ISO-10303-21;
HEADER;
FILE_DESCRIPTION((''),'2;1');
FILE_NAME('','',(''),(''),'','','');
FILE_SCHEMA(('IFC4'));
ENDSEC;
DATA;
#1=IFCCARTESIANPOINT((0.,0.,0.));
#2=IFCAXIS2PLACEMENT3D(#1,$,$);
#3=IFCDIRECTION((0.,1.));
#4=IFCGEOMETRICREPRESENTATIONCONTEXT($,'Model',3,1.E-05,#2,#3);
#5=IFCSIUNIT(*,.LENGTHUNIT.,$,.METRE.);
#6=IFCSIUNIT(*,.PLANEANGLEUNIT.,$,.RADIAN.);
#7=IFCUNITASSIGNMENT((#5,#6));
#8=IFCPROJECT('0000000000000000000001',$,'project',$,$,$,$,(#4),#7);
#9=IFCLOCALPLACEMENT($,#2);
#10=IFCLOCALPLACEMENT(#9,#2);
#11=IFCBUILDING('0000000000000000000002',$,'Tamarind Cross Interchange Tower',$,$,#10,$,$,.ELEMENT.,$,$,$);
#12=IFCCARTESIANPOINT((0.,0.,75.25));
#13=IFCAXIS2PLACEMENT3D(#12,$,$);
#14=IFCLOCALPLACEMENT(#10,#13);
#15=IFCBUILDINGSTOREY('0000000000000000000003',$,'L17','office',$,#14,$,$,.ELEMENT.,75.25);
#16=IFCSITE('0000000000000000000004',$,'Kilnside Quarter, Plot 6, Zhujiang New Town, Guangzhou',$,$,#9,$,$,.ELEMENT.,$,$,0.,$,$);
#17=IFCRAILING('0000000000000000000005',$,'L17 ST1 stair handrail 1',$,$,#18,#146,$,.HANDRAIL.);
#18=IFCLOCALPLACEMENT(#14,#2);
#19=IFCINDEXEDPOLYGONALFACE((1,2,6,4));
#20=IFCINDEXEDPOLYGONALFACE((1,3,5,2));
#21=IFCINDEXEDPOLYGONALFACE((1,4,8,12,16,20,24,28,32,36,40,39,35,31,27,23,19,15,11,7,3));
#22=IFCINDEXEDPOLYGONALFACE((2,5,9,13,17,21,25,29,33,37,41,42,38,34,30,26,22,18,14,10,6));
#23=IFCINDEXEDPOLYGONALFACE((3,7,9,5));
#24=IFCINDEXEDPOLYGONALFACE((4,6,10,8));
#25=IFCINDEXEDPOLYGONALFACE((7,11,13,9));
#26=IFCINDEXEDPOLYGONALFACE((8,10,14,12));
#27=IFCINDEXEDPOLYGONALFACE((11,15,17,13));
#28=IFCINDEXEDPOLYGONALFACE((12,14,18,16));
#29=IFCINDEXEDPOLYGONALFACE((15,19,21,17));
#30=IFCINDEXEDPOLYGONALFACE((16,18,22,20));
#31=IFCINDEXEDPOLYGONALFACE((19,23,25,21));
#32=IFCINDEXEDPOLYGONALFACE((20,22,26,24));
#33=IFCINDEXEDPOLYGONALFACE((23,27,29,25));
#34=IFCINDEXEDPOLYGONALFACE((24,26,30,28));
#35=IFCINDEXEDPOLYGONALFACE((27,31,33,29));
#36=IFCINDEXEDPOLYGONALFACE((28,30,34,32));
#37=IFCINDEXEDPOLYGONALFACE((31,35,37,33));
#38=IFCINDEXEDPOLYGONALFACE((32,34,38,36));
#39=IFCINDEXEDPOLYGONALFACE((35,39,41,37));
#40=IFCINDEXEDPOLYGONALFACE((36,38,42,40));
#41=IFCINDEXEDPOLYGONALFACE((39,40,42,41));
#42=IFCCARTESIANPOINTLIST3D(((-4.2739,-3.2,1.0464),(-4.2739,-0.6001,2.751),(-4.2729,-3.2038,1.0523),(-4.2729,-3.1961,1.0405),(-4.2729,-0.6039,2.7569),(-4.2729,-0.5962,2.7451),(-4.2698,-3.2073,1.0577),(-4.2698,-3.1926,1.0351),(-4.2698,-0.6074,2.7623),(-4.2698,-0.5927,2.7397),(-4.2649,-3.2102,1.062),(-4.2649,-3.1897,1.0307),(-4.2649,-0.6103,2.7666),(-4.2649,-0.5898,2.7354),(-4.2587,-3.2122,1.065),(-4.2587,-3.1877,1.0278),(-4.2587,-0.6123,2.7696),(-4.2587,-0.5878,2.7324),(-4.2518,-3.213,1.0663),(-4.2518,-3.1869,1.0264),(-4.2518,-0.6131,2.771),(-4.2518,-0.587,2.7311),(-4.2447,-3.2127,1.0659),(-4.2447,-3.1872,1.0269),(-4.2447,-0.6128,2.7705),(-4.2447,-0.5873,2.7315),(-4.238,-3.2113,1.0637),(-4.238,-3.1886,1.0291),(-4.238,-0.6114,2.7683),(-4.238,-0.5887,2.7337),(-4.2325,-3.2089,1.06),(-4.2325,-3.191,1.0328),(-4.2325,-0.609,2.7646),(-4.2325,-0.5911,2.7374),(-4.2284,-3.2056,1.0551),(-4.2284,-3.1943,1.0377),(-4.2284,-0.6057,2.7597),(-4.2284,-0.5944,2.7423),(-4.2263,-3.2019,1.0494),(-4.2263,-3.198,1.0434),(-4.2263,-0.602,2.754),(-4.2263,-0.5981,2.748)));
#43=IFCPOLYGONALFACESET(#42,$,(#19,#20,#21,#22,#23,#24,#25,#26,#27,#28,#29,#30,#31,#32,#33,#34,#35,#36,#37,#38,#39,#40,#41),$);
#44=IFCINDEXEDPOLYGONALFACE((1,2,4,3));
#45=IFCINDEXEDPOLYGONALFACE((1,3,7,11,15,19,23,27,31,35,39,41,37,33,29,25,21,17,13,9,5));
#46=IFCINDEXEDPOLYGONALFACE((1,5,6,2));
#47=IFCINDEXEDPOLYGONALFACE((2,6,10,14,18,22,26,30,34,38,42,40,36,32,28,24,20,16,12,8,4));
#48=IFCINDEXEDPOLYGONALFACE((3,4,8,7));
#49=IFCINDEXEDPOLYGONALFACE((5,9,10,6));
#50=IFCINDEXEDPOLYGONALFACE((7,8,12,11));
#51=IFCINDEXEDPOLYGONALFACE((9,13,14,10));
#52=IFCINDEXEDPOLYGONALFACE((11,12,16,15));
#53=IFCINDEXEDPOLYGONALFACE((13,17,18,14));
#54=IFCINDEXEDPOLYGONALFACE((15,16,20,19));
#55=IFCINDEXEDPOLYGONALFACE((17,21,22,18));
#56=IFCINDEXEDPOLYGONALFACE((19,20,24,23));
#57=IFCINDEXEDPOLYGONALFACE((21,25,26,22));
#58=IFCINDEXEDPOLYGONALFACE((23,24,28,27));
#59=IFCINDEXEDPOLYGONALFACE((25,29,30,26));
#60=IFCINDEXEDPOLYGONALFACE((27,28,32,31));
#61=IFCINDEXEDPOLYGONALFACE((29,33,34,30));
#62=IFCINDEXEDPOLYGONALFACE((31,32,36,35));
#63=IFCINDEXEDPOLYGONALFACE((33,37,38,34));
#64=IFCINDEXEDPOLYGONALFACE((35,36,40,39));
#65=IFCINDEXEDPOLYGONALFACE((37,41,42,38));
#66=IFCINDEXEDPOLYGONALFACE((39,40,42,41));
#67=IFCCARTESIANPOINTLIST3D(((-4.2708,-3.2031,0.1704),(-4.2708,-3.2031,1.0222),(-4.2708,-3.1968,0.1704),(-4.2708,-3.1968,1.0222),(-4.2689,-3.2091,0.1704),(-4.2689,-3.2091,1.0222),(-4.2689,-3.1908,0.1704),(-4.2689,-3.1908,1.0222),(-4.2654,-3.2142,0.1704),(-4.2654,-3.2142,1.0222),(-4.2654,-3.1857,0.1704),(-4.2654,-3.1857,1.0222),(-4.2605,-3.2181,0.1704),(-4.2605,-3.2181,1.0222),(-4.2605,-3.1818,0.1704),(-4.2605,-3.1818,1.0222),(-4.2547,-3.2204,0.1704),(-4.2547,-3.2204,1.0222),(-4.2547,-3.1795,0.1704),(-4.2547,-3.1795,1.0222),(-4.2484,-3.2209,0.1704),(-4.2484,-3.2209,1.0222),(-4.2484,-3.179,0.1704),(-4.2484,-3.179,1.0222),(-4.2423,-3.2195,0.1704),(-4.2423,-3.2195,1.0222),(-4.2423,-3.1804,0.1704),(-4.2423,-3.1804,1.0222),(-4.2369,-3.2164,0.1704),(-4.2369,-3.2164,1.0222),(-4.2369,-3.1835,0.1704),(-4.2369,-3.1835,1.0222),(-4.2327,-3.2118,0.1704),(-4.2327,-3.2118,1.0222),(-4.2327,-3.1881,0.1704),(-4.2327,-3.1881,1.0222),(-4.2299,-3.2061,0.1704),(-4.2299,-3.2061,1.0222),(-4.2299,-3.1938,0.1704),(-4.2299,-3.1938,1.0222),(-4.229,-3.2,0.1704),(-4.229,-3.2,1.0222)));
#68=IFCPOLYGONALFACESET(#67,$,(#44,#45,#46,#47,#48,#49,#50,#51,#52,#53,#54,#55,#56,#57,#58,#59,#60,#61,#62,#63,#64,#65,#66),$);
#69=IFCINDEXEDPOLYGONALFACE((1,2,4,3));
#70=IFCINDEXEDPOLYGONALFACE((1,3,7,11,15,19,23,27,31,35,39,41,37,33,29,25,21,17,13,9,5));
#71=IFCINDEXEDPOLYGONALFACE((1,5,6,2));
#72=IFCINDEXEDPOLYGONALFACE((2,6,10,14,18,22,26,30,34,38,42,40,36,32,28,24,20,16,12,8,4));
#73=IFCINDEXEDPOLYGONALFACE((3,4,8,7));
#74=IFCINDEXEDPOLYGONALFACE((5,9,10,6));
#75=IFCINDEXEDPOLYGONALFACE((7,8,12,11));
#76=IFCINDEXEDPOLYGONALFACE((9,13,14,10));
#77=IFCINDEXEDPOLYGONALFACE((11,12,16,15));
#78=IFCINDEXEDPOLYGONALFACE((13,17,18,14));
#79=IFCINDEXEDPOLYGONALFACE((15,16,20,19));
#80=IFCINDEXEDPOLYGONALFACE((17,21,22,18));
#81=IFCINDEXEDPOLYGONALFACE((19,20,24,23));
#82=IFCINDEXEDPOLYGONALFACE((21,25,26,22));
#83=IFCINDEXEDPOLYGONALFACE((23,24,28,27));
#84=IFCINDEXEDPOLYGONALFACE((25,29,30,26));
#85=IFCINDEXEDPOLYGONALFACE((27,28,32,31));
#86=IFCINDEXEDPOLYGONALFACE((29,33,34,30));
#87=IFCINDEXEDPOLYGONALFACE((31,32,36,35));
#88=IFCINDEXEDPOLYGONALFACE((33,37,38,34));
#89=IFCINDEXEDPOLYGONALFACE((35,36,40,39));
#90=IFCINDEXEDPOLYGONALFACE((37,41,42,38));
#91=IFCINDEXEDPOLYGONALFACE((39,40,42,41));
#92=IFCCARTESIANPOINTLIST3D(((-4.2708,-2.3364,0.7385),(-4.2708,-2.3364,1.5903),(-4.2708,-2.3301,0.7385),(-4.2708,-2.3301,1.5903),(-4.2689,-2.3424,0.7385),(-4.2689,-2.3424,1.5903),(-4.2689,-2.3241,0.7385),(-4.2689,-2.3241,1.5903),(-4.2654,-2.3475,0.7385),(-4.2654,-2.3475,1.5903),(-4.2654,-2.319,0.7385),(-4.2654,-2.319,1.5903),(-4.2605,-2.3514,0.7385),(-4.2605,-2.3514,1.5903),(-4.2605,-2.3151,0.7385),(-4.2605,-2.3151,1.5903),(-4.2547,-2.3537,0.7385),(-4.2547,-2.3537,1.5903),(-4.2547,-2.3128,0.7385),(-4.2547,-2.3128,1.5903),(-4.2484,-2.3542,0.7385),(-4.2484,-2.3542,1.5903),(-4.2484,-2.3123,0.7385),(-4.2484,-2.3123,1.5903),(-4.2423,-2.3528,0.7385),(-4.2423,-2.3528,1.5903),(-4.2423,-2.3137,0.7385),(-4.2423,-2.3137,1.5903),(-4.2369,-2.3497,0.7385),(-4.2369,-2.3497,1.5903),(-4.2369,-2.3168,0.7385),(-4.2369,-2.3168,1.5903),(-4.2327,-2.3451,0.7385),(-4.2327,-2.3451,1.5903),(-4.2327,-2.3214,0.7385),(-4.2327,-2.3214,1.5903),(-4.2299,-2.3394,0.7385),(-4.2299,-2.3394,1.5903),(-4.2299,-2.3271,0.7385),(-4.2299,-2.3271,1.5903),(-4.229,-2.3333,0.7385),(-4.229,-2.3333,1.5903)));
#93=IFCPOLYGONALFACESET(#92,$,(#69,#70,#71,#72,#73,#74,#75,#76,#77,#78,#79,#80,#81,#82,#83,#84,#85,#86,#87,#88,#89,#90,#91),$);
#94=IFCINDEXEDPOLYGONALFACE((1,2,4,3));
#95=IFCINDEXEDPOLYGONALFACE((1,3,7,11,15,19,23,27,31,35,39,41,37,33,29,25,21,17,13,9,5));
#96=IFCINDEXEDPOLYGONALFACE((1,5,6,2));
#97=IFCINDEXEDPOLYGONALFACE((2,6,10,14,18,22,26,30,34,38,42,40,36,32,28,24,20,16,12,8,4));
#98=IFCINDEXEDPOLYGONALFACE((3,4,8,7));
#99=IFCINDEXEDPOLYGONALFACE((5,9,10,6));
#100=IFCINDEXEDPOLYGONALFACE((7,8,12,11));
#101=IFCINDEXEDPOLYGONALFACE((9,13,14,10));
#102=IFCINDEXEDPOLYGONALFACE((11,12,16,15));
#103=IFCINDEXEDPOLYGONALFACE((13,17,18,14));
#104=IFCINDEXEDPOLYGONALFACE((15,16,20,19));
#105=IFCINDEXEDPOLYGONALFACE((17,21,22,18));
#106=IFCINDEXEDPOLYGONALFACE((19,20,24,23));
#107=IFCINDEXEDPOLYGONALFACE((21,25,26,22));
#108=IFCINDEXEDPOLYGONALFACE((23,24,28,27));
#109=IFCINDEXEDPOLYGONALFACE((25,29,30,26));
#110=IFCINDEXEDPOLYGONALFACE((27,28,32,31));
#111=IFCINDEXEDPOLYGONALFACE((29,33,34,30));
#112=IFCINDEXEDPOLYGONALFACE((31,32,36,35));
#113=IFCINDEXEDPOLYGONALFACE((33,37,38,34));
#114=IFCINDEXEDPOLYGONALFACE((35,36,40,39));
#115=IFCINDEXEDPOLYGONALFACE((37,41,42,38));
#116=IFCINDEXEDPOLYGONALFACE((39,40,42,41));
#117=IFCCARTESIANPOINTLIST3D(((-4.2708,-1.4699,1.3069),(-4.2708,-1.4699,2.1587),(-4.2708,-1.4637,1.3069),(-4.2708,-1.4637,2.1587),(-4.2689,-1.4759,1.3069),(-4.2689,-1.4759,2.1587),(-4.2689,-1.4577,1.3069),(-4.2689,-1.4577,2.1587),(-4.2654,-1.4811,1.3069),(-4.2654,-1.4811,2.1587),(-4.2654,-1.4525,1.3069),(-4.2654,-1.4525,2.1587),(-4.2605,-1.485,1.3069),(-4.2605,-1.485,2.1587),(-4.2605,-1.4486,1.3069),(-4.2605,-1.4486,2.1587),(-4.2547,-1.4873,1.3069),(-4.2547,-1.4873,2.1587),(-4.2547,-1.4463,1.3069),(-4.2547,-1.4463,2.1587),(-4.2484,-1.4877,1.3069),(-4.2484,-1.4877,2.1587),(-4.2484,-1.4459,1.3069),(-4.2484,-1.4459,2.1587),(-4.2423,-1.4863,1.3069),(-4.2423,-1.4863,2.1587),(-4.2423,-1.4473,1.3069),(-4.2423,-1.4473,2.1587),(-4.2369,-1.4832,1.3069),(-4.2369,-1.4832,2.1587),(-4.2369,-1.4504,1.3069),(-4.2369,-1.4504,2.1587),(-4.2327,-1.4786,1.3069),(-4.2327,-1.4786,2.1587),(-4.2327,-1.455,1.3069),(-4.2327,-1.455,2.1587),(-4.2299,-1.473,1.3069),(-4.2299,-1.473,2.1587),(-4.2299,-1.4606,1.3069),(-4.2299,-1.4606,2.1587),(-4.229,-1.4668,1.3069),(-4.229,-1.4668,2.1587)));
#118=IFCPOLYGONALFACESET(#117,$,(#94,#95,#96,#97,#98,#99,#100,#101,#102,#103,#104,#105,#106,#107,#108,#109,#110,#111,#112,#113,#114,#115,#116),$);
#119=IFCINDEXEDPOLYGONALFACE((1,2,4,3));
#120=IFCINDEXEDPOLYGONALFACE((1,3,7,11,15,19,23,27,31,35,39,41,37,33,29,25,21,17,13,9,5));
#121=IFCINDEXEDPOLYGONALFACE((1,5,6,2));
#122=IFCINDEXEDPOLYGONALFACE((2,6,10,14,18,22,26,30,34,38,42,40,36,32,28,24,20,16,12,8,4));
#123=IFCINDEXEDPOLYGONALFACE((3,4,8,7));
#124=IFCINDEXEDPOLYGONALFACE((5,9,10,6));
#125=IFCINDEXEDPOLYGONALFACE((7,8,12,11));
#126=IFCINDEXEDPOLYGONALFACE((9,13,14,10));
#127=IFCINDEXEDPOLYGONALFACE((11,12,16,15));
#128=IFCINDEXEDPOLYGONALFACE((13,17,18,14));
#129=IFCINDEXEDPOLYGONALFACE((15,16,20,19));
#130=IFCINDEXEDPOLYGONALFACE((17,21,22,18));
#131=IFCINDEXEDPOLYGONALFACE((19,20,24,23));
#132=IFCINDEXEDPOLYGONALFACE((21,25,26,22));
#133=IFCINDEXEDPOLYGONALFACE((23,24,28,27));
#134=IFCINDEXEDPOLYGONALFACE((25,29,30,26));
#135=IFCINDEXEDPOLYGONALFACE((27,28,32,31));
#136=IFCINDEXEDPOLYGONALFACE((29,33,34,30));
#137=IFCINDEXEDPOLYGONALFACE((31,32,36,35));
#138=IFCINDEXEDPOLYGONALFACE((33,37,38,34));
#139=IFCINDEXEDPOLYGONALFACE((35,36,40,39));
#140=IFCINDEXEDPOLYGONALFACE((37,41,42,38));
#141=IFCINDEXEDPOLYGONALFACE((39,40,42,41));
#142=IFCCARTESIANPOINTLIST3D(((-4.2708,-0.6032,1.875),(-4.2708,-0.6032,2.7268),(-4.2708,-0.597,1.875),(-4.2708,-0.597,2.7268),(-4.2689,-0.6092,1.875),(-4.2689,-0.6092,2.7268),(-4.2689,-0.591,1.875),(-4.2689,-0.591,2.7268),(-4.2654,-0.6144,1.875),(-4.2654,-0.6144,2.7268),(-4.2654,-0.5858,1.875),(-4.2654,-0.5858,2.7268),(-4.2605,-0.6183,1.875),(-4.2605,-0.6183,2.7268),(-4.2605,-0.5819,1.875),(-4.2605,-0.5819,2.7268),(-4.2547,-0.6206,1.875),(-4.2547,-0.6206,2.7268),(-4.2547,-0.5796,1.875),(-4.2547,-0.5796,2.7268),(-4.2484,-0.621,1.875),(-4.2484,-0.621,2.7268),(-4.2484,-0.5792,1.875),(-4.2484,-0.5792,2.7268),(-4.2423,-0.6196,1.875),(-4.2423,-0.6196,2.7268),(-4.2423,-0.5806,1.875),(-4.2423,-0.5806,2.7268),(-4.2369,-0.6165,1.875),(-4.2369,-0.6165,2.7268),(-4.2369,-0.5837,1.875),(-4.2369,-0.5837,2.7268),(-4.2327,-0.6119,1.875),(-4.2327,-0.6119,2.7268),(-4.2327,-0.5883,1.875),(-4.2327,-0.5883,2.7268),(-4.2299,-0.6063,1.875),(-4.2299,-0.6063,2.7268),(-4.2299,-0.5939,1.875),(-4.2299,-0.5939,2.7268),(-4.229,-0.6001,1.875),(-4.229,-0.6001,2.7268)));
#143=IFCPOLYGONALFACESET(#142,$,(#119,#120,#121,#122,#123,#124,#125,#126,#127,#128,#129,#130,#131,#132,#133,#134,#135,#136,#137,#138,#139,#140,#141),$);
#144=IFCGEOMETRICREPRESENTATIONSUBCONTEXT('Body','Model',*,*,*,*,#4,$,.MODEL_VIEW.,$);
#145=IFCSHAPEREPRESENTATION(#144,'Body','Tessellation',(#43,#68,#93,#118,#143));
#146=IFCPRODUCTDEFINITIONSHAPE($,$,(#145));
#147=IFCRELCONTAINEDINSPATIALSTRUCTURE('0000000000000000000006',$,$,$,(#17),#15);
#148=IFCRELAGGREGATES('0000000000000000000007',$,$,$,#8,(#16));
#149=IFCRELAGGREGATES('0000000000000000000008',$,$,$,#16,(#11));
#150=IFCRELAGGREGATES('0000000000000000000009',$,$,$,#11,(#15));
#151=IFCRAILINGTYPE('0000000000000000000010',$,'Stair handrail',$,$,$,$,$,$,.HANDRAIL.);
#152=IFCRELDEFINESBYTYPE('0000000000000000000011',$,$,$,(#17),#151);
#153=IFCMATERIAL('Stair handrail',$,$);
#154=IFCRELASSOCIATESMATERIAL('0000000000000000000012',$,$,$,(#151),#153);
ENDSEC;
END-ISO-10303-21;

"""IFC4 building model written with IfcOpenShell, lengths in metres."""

from ifc_helpers import new_model, si_unit, direction, frame, origin, origin_2d, place, context, subcontext, project, spatial, circle, extrude, material, type_object, element, save


model = new_model("IFC4")

# Units and contexts
model_context = context("Model", 3, precision=1e-05, world=origin(), true_north=direction((0.0, 1.0)))
body_context = subcontext(model_context, "Body", "Model", "MODEL_VIEW")
ifc_project = project(units=[si_unit("LENGTHUNIT", "METRE"), si_unit("PLANEANGLEUNIT", "RADIAN")], contexts=[model_context])

# Site, building, storey
site_placement = place(None, origin())
site = spatial("IfcSite", under=ifc_project, at=site_placement, Name="Kilnside Quarter, Plot 6, Zhujiang New Town, Guangzhou", CompositionType="ELEMENT", RefElevation=0.0)
building_placement = place(site_placement, origin())
building = spatial("IfcBuilding", under=site, at=building_placement, Name="Tamarind Cross Interchange Tower", CompositionType="ELEMENT")
storey_placement = place(building_placement, frame((0.0, 0.0, 75.25)))
storey = spatial("IfcBuildingStorey", under=building, at=storey_placement, Name="L17", Description="office", CompositionType="ELEMENT", Elevation=75.25)

# Railing
ifc_material_1 = material(Name="Stair handrail")
railing_type_1 = type_object("IfcRailingType", Name="Stair handrail", PredefinedType="HANDRAIL", material=ifc_material_1)
railing_1_placement = place(storey_placement, frame((-4.25, -3.2, 0.1704)))
element("IfcRailing", 1, at=railing_1_placement, inside=storey, type_object=railing_type_1, Name="L17 ST1 stair handrail 1", PredefinedType="HANDRAIL", context=body_context, shape_type="SweptSolid", body=[
    extrude(circle(Radius=0.0239, at=origin_2d()), frame((0.0, 0.0, 0.876), z_axis=(0.0, 0.836279, 0.548305), x_axis=(-1.0, 0.0, 0.0)), (0.0, 0.0, 1.0), 3.1089),
    extrude(circle(Radius=0.021, at=origin_2d()), origin(), (0.0, 0.0, 1.0), 0.8518),
    extrude(circle(Radius=0.021, at=origin_2d()), frame((0.0, 0.8667, 0.5681)), (0.0, 0.0, 1.0), 0.8518),
    extrude(circle(Radius=0.021, at=origin_2d()), frame((0.0, 1.7332, 1.1365)), (0.0, 0.0, 1.0), 0.8518),
    extrude(circle(Radius=0.021, at=origin_2d()), frame((0.0, 2.5999, 1.7046)), (0.0, 0.0, 1.0), 0.8518),
])

save(model, "model.ifc")
